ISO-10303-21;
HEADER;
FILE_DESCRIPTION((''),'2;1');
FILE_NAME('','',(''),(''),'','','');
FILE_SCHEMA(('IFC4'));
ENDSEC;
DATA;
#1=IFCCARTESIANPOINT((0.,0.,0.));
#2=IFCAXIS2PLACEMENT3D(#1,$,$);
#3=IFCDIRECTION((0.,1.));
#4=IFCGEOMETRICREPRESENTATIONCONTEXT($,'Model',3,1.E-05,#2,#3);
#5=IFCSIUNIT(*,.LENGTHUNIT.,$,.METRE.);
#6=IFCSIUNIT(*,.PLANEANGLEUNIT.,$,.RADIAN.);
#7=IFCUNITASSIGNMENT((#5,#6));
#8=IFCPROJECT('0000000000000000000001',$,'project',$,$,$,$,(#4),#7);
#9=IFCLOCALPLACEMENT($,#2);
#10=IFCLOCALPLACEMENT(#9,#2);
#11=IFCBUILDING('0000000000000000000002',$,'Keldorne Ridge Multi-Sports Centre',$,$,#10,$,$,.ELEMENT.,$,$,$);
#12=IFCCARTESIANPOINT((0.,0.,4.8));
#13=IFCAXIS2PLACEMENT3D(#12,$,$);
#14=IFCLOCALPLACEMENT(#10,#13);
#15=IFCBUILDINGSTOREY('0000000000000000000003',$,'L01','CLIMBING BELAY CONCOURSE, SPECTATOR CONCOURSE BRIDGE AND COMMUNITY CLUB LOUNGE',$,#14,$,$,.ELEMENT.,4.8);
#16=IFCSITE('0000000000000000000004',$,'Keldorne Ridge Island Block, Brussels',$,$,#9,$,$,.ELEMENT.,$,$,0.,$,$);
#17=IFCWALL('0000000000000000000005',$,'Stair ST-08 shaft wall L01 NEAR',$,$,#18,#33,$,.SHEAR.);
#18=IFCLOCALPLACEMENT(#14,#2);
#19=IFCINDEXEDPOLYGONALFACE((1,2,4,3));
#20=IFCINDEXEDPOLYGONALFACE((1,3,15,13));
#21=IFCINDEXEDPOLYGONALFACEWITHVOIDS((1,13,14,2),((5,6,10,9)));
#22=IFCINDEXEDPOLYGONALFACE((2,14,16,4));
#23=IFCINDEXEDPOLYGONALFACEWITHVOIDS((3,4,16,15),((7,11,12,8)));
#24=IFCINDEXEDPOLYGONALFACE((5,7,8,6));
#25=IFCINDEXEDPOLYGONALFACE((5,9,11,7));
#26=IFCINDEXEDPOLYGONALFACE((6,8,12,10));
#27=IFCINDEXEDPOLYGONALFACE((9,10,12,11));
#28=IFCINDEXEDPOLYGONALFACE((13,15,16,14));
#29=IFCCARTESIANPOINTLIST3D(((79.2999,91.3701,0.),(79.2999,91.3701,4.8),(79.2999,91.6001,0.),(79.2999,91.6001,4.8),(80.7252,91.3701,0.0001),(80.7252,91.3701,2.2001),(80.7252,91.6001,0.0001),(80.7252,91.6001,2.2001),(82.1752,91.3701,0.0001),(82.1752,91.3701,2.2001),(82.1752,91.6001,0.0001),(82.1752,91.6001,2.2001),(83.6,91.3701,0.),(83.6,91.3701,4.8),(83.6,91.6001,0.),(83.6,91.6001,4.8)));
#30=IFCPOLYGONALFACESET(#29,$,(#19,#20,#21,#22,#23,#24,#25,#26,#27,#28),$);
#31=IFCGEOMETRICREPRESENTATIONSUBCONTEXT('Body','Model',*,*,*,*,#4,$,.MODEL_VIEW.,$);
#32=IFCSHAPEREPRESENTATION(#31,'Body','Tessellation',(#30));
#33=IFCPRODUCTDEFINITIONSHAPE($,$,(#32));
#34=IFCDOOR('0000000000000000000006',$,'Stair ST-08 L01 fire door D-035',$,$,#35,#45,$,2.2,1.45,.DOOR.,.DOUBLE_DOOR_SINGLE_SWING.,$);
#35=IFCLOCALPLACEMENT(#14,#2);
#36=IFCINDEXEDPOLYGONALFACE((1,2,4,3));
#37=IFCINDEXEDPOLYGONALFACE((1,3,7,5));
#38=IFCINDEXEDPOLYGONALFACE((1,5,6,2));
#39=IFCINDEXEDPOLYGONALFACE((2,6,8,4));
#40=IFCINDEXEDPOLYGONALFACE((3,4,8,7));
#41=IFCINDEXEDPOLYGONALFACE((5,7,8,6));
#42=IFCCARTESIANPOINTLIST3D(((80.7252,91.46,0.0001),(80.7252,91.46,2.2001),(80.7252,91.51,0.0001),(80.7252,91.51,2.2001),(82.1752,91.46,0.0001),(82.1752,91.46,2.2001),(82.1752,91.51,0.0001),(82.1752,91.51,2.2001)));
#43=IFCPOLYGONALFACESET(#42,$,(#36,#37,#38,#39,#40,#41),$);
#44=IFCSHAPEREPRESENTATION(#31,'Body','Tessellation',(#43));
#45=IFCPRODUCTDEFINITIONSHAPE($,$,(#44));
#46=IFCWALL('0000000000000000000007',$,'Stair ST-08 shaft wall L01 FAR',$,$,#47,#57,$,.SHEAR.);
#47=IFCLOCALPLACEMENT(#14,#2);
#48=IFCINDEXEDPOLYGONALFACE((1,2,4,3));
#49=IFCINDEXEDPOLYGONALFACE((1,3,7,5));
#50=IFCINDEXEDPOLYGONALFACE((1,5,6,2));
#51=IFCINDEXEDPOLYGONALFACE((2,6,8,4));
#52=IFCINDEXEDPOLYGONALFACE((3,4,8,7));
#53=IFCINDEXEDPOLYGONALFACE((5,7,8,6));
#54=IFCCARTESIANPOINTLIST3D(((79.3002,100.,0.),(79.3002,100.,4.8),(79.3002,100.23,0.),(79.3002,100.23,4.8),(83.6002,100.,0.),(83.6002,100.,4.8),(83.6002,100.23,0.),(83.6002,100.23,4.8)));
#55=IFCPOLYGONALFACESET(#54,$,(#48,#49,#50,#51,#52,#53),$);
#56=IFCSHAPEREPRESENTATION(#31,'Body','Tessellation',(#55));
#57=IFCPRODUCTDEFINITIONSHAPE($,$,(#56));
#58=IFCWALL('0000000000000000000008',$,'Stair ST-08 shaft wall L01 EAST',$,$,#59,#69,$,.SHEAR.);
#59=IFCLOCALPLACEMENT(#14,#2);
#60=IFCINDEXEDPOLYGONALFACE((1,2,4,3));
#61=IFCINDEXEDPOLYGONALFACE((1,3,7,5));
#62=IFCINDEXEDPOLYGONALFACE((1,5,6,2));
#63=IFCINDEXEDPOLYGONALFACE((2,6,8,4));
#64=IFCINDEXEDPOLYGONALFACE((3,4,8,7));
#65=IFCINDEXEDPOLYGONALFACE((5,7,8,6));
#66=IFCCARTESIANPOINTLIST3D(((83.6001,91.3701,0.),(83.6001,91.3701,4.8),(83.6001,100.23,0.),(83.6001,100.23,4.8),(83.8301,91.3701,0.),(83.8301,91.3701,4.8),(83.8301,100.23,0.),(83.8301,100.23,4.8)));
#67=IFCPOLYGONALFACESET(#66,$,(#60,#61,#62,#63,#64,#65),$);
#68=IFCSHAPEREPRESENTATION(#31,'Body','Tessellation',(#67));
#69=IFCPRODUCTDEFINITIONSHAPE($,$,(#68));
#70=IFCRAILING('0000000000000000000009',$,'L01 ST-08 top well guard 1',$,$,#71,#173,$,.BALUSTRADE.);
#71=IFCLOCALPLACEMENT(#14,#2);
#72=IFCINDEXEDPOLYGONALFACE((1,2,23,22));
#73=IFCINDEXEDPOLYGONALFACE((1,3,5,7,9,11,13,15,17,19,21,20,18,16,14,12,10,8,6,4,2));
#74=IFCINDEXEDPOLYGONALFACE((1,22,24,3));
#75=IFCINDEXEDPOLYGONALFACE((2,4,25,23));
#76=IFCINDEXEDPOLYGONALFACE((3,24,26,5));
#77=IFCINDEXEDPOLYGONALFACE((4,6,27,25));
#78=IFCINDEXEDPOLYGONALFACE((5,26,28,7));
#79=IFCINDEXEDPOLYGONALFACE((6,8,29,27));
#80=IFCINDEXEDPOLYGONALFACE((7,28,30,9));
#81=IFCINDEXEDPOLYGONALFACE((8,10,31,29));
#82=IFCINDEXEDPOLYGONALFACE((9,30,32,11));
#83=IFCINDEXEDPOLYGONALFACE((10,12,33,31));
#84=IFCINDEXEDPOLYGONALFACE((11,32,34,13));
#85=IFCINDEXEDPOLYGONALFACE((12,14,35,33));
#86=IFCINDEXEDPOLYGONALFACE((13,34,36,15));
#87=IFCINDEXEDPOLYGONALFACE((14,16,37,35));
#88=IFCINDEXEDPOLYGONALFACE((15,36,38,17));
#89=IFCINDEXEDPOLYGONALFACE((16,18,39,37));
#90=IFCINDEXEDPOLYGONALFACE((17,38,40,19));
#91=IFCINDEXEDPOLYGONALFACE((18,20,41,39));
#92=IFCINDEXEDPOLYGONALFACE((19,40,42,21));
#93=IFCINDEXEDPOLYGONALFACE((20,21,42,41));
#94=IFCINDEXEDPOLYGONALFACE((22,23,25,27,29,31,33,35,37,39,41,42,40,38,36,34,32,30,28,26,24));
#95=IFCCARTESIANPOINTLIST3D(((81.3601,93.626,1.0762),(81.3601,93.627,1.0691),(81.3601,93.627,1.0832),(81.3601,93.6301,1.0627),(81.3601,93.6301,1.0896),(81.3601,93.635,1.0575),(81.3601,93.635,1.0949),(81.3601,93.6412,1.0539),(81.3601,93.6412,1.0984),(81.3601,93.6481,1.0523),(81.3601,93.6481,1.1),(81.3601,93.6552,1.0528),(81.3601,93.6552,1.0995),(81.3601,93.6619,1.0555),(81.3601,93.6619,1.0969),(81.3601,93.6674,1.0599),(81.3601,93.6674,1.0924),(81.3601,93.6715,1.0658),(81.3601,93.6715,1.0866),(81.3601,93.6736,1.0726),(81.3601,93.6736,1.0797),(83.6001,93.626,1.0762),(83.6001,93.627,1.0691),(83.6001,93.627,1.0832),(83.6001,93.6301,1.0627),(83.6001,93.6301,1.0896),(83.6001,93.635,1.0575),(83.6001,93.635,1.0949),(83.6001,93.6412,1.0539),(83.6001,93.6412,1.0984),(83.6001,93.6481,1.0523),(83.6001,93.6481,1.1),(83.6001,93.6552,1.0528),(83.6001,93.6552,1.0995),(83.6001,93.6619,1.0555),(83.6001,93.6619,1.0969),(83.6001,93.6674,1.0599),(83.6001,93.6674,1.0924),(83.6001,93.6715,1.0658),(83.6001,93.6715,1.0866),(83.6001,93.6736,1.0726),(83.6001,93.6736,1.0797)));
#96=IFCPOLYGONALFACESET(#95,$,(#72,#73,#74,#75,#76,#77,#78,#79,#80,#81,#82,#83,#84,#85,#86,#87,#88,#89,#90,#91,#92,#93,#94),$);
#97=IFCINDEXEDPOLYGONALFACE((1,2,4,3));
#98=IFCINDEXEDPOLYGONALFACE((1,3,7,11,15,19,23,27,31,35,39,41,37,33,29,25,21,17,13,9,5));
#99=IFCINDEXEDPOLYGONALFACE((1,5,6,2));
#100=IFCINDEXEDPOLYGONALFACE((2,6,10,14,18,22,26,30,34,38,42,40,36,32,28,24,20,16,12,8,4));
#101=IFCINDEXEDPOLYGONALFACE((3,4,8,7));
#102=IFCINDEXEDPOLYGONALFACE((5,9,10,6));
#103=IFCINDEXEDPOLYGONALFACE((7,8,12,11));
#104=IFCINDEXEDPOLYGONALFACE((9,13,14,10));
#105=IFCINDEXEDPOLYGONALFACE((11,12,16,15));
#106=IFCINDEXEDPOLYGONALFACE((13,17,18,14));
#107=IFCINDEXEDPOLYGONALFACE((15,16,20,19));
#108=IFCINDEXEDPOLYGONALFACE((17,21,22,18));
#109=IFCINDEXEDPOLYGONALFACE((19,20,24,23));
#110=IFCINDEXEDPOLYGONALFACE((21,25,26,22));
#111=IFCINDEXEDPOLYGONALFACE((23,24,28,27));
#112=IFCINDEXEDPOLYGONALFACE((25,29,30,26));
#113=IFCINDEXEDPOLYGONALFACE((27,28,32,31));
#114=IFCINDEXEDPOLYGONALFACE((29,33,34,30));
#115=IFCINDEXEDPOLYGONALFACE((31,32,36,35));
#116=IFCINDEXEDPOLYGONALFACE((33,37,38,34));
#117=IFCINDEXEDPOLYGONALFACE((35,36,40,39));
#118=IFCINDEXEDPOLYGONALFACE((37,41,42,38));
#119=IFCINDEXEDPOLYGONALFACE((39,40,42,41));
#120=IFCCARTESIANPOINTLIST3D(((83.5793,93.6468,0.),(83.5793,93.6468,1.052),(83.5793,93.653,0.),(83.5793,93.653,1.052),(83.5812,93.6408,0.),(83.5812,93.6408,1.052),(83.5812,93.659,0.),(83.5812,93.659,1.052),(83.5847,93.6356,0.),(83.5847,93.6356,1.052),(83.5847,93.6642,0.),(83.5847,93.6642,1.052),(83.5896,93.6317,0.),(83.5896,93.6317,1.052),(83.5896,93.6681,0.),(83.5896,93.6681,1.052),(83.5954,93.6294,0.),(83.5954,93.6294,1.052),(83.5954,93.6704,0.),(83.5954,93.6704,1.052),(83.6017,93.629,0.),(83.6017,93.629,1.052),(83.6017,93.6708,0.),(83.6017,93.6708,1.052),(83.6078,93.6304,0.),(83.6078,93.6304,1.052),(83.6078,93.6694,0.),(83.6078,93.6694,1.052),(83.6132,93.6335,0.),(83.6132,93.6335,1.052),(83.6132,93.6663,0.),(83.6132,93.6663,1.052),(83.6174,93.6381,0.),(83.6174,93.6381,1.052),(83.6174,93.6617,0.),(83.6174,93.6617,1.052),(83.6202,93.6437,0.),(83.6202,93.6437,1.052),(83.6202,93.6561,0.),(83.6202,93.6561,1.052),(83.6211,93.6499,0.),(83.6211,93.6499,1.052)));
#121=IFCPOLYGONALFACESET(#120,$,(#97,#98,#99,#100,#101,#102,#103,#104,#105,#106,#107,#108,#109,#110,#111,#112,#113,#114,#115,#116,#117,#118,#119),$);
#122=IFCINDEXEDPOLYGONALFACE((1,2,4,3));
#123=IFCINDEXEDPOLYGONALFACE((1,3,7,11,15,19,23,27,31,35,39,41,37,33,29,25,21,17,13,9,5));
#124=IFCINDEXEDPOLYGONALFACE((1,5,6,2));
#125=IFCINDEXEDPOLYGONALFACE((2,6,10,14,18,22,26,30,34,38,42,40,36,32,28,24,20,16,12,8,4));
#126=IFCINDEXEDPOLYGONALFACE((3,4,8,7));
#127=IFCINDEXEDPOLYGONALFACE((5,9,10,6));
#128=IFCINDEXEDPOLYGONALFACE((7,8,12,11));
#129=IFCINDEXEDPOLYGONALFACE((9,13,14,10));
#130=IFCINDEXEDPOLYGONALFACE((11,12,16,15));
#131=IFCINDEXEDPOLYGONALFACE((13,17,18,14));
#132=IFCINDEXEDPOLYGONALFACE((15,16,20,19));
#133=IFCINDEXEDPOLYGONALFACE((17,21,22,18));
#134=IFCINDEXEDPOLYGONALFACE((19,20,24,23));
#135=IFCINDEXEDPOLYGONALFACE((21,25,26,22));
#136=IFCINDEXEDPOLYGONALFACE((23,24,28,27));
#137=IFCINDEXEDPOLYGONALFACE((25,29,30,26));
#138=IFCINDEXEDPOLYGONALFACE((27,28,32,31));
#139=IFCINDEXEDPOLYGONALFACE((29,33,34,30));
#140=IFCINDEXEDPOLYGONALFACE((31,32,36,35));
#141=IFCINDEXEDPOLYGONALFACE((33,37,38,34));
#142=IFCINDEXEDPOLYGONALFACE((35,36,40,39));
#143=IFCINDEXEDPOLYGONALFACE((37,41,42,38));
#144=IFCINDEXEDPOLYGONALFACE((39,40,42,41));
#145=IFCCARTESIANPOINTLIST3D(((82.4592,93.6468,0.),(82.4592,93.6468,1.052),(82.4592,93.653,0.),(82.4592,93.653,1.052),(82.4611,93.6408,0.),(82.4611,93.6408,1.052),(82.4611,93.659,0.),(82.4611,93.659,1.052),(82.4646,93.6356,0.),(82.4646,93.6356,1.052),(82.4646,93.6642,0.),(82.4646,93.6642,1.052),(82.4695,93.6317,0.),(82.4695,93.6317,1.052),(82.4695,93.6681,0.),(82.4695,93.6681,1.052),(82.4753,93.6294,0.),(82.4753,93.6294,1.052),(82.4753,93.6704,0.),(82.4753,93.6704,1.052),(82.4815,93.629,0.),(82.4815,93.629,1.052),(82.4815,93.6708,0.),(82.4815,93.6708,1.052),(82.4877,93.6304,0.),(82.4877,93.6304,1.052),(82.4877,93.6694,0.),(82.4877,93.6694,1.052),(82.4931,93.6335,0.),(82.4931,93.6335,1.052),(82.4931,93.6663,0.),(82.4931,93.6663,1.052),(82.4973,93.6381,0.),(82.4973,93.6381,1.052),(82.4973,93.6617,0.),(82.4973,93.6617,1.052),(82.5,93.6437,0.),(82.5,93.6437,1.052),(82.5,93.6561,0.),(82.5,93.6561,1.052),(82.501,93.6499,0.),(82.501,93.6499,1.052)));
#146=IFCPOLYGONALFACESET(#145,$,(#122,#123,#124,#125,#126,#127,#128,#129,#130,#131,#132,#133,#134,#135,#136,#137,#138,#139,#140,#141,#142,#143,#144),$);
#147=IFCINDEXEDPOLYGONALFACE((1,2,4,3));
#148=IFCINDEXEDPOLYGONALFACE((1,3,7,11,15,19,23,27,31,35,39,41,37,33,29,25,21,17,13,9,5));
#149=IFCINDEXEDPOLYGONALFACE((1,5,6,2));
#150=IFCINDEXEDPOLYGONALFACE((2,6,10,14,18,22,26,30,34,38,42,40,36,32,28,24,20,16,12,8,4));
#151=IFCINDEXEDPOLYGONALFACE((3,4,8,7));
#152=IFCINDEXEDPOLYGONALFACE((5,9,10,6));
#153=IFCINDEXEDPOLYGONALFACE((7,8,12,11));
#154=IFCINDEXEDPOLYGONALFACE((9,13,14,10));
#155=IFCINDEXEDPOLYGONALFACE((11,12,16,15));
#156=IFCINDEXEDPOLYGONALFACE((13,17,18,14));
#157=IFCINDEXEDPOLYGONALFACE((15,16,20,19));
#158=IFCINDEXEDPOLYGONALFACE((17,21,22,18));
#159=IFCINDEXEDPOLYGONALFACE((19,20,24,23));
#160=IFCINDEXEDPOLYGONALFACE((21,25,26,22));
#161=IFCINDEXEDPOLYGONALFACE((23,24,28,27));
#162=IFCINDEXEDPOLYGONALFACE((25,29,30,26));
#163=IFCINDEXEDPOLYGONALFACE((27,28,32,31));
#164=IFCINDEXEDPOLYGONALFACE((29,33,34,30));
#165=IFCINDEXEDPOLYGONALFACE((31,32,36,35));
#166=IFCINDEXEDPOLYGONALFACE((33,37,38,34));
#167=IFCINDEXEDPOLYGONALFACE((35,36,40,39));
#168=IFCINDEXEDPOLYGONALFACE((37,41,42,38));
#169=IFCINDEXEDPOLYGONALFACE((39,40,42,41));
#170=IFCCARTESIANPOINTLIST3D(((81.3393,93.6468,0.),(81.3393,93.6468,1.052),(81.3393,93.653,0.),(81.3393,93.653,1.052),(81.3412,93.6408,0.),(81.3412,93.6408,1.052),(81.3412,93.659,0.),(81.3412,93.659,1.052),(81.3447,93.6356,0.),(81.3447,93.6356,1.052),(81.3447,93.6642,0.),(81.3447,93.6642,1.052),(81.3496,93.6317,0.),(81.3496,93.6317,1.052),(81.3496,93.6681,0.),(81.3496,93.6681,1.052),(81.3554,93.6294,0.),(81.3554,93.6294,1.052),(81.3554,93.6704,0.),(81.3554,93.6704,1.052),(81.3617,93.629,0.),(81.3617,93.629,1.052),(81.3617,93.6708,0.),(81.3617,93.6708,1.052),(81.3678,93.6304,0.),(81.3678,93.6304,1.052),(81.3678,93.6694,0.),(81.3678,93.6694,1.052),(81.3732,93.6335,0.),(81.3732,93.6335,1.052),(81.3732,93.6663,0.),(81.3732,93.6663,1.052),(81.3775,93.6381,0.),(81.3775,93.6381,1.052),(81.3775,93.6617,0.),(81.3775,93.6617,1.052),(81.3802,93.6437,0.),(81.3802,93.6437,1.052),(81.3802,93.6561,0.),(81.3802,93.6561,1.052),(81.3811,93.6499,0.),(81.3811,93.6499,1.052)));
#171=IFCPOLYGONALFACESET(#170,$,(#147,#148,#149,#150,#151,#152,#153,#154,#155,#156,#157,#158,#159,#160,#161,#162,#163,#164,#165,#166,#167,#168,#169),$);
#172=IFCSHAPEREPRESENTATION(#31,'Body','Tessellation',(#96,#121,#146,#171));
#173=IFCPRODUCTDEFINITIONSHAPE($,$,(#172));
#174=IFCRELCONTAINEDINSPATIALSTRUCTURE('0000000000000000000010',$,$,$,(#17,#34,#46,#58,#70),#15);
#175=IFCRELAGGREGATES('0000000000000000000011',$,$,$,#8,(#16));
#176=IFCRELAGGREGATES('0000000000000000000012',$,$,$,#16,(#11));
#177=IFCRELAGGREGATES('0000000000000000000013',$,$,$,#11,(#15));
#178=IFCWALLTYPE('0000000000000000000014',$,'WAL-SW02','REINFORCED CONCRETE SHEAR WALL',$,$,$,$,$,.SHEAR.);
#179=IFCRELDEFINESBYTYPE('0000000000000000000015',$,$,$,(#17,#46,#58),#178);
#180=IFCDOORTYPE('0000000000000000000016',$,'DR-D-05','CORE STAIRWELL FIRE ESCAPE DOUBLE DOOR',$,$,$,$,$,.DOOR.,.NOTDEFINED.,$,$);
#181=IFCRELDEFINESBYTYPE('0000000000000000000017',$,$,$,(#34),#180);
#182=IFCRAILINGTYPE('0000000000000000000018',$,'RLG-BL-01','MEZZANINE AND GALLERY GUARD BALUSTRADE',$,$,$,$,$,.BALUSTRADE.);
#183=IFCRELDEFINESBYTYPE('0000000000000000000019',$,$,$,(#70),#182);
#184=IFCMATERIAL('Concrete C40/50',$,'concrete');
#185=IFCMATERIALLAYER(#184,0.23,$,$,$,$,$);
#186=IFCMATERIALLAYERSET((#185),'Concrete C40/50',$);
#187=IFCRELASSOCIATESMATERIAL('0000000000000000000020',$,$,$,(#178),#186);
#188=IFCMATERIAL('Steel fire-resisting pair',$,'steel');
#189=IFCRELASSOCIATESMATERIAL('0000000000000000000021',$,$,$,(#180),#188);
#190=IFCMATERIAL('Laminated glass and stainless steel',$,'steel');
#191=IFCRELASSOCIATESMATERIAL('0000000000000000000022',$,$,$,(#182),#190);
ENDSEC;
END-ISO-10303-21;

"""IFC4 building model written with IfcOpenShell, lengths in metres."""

from ifc_helpers import new_model, si_unit, direction, frame, frame_2d, origin, origin_2d, place, context, subcontext, project, spatial, rectangle, circle, extrude, material, layer, layer_set, type_object, element, fill, save


model = new_model("IFC4")

# Units and contexts
model_context = context("Model", 3, precision=1e-05, world=origin(), true_north=direction((0.0, 1.0)))
body_context = subcontext(model_context, "Body", "Model", "MODEL_VIEW")
ifc_project = project(units=[si_unit("LENGTHUNIT", "METRE"), si_unit("PLANEANGLEUNIT", "RADIAN")], contexts=[model_context])

# Site, building, storey
site_placement = place(None, origin())
site = spatial("IfcSite", under=ifc_project, at=site_placement, Name="Keldorne Ridge Island Block, Brussels", CompositionType="ELEMENT", RefElevation=0.0)
building_placement = place(site_placement, origin())
building = spatial("IfcBuilding", under=site, at=building_placement, Name="Keldorne Ridge Multi-Sports Centre", CompositionType="ELEMENT")
storey_placement = place(building_placement, frame((0.0, 0.0, 4.8)))
storey = spatial("IfcBuildingStorey", under=building, at=storey_placement, Name="L01", Description="CLIMBING BELAY CONCOURSE, SPECTATOR CONCOURSE BRIDGE AND COMMUNITY CLUB LOUNGE", CompositionType="ELEMENT", Elevation=4.8)

# Wall, opening, door
ifc_material_1 = material(Name="Concrete C40/50", Category="concrete")
ifc_layer_1 = layer(ifc_material_1, 0.23)
ifc_layer_set_1 = layer_set([ifc_layer_1], Name="Concrete C40/50")
wall_type = type_object("IfcWallType", Name="WAL-SW02", Description="REINFORCED CONCRETE SHEAR WALL", PredefinedType="SHEAR", material=ifc_layer_set_1)
wall_1_placement = place(storey_placement, frame((79.3, 91.4851, 0.0), z_axis=(0.0, 0.0, 1.0), x_axis=(1.0, 0.0, 0.0)))
wall_1 = element("IfcWall", 1, at=wall_1_placement, inside=storey, type_object=wall_type, Name="Stair ST-08 shaft wall L01 NEAR", PredefinedType="SHEAR", context=body_context, shape_type="SweptSolid", body=[
    extrude(rectangle(XDim=4.3, YDim=0.23, at=frame_2d((2.1499, 0.0))), origin(), (0.0, 0.0, 1.0), 4.8),
])
opening_placement = place(wall_1_placement, frame((1.425, 0.0, 0.0)))
opening = element("IfcOpeningElement", 2, at=opening_placement, cuts=wall_1, PredefinedType="OPENING", context=body_context, shape_type="SweptSolid", body=[
    extrude(rectangle(XDim=1.45, YDim=2.2, at=frame_2d((0.7251, 1.1001))), frame((0.0, 0.125, 0.0), z_axis=(0.0, -1.0, 0.0), x_axis=(1.0, 0.0, 0.0)), (0.0, 0.0, 1.0), 0.25),
])
ifc_material_2 = material(Name="Steel fire-resisting pair", Category="steel")
door_type = type_object("IfcDoorType", Name="DR-D-05", Description="CORE STAIRWELL FIRE ESCAPE DOUBLE DOOR", OperationType="NOTDEFINED", PredefinedType="DOOR", material=ifc_material_2)
door_placement = place(opening_placement, origin())
door = element("IfcDoor", 3, at=door_placement, inside=storey, type_object=door_type, Name="Stair ST-08 L01 fire door D-035", OperationType="DOUBLE_DOOR_SINGLE_SWING", OverallHeight=2.2, OverallWidth=1.45, PredefinedType="DOOR", context=body_context, shape_type="SweptSolid", body=[
    extrude(rectangle(XDim=1.45, YDim=2.2, at=frame_2d((0.7251, 1.1001))), frame((0.0, 0.0249, 0.0), z_axis=(0.0, -1.0, 0.0), x_axis=(1.0, 0.0, 0.0)), (0.0, 0.0, 1.0), 0.05),
])
fill(opening, door)

# Walls
wall_2_placement = place(storey_placement, frame((83.6001, 100.115, 0.0), z_axis=(0.0, 0.0, 1.0), x_axis=(-1.0, 0.0, 0.0)))
element("IfcWall", 4, at=wall_2_placement, inside=storey, type_object=wall_type, Name="Stair ST-08 shaft wall L01 FAR", PredefinedType="SHEAR", context=body_context, shape_type="SweptSolid", body=[
    extrude(rectangle(XDim=4.3, YDim=0.23, at=frame_2d((2.1499, 0.0))), origin(), (0.0, 0.0, 1.0), 4.8),
])
wall_3_placement = place(storey_placement, frame((83.7151, 100.23, 0.0), z_axis=(0.0, 0.0, 1.0), x_axis=(0.0, -1.0, 0.0)))
element("IfcWall", 5, at=wall_3_placement, inside=storey, type_object=wall_type, Name="Stair ST-08 shaft wall L01 EAST", PredefinedType="SHEAR", context=body_context, shape_type="SweptSolid", body=[
    extrude(rectangle(XDim=8.8599, YDim=0.23, at=frame_2d((4.4299, 0.0))), origin(), (0.0, 0.0, 1.0), 4.8),
])

# Railing
ifc_material_3 = material(Name="Laminated glass and stainless steel", Category="steel")
railing_type = type_object("IfcRailingType", Name="RLG-BL-01", Description="MEZZANINE AND GALLERY GUARD BALUSTRADE", PredefinedType="BALUSTRADE", material=ifc_material_3)
railing_placement = place(storey_placement, frame((83.6001, 93.6499, 0.0)))
element("IfcRailing", 6, at=railing_placement, inside=storey, type_object=railing_type, Name="L01 ST-08 top well guard 1", PredefinedType="BALUSTRADE", context=body_context, shape_type="SweptSolid", body=[
    extrude(circle(Radius=0.0239, at=origin_2d()), frame((0.0, 0.0, 1.0762), z_axis=(-1.0, 0.0, 0.0), x_axis=(0.0, -1.0, 0.0)), (0.0, 0.0, 1.0), 2.24),
    extrude(circle(Radius=0.021, at=origin_2d()), origin(), (0.0, 0.0, 1.0), 1.052),
    extrude(circle(Radius=0.021, at=origin_2d()), frame((-1.1201, 0.0, 0.0)), (0.0, 0.0, 1.0), 1.052),
    extrude(circle(Radius=0.021, at=origin_2d()), frame((-2.24, 0.0, 0.0)), (0.0, 0.0, 1.0), 1.052),
])

save(model, "model.ifc")
